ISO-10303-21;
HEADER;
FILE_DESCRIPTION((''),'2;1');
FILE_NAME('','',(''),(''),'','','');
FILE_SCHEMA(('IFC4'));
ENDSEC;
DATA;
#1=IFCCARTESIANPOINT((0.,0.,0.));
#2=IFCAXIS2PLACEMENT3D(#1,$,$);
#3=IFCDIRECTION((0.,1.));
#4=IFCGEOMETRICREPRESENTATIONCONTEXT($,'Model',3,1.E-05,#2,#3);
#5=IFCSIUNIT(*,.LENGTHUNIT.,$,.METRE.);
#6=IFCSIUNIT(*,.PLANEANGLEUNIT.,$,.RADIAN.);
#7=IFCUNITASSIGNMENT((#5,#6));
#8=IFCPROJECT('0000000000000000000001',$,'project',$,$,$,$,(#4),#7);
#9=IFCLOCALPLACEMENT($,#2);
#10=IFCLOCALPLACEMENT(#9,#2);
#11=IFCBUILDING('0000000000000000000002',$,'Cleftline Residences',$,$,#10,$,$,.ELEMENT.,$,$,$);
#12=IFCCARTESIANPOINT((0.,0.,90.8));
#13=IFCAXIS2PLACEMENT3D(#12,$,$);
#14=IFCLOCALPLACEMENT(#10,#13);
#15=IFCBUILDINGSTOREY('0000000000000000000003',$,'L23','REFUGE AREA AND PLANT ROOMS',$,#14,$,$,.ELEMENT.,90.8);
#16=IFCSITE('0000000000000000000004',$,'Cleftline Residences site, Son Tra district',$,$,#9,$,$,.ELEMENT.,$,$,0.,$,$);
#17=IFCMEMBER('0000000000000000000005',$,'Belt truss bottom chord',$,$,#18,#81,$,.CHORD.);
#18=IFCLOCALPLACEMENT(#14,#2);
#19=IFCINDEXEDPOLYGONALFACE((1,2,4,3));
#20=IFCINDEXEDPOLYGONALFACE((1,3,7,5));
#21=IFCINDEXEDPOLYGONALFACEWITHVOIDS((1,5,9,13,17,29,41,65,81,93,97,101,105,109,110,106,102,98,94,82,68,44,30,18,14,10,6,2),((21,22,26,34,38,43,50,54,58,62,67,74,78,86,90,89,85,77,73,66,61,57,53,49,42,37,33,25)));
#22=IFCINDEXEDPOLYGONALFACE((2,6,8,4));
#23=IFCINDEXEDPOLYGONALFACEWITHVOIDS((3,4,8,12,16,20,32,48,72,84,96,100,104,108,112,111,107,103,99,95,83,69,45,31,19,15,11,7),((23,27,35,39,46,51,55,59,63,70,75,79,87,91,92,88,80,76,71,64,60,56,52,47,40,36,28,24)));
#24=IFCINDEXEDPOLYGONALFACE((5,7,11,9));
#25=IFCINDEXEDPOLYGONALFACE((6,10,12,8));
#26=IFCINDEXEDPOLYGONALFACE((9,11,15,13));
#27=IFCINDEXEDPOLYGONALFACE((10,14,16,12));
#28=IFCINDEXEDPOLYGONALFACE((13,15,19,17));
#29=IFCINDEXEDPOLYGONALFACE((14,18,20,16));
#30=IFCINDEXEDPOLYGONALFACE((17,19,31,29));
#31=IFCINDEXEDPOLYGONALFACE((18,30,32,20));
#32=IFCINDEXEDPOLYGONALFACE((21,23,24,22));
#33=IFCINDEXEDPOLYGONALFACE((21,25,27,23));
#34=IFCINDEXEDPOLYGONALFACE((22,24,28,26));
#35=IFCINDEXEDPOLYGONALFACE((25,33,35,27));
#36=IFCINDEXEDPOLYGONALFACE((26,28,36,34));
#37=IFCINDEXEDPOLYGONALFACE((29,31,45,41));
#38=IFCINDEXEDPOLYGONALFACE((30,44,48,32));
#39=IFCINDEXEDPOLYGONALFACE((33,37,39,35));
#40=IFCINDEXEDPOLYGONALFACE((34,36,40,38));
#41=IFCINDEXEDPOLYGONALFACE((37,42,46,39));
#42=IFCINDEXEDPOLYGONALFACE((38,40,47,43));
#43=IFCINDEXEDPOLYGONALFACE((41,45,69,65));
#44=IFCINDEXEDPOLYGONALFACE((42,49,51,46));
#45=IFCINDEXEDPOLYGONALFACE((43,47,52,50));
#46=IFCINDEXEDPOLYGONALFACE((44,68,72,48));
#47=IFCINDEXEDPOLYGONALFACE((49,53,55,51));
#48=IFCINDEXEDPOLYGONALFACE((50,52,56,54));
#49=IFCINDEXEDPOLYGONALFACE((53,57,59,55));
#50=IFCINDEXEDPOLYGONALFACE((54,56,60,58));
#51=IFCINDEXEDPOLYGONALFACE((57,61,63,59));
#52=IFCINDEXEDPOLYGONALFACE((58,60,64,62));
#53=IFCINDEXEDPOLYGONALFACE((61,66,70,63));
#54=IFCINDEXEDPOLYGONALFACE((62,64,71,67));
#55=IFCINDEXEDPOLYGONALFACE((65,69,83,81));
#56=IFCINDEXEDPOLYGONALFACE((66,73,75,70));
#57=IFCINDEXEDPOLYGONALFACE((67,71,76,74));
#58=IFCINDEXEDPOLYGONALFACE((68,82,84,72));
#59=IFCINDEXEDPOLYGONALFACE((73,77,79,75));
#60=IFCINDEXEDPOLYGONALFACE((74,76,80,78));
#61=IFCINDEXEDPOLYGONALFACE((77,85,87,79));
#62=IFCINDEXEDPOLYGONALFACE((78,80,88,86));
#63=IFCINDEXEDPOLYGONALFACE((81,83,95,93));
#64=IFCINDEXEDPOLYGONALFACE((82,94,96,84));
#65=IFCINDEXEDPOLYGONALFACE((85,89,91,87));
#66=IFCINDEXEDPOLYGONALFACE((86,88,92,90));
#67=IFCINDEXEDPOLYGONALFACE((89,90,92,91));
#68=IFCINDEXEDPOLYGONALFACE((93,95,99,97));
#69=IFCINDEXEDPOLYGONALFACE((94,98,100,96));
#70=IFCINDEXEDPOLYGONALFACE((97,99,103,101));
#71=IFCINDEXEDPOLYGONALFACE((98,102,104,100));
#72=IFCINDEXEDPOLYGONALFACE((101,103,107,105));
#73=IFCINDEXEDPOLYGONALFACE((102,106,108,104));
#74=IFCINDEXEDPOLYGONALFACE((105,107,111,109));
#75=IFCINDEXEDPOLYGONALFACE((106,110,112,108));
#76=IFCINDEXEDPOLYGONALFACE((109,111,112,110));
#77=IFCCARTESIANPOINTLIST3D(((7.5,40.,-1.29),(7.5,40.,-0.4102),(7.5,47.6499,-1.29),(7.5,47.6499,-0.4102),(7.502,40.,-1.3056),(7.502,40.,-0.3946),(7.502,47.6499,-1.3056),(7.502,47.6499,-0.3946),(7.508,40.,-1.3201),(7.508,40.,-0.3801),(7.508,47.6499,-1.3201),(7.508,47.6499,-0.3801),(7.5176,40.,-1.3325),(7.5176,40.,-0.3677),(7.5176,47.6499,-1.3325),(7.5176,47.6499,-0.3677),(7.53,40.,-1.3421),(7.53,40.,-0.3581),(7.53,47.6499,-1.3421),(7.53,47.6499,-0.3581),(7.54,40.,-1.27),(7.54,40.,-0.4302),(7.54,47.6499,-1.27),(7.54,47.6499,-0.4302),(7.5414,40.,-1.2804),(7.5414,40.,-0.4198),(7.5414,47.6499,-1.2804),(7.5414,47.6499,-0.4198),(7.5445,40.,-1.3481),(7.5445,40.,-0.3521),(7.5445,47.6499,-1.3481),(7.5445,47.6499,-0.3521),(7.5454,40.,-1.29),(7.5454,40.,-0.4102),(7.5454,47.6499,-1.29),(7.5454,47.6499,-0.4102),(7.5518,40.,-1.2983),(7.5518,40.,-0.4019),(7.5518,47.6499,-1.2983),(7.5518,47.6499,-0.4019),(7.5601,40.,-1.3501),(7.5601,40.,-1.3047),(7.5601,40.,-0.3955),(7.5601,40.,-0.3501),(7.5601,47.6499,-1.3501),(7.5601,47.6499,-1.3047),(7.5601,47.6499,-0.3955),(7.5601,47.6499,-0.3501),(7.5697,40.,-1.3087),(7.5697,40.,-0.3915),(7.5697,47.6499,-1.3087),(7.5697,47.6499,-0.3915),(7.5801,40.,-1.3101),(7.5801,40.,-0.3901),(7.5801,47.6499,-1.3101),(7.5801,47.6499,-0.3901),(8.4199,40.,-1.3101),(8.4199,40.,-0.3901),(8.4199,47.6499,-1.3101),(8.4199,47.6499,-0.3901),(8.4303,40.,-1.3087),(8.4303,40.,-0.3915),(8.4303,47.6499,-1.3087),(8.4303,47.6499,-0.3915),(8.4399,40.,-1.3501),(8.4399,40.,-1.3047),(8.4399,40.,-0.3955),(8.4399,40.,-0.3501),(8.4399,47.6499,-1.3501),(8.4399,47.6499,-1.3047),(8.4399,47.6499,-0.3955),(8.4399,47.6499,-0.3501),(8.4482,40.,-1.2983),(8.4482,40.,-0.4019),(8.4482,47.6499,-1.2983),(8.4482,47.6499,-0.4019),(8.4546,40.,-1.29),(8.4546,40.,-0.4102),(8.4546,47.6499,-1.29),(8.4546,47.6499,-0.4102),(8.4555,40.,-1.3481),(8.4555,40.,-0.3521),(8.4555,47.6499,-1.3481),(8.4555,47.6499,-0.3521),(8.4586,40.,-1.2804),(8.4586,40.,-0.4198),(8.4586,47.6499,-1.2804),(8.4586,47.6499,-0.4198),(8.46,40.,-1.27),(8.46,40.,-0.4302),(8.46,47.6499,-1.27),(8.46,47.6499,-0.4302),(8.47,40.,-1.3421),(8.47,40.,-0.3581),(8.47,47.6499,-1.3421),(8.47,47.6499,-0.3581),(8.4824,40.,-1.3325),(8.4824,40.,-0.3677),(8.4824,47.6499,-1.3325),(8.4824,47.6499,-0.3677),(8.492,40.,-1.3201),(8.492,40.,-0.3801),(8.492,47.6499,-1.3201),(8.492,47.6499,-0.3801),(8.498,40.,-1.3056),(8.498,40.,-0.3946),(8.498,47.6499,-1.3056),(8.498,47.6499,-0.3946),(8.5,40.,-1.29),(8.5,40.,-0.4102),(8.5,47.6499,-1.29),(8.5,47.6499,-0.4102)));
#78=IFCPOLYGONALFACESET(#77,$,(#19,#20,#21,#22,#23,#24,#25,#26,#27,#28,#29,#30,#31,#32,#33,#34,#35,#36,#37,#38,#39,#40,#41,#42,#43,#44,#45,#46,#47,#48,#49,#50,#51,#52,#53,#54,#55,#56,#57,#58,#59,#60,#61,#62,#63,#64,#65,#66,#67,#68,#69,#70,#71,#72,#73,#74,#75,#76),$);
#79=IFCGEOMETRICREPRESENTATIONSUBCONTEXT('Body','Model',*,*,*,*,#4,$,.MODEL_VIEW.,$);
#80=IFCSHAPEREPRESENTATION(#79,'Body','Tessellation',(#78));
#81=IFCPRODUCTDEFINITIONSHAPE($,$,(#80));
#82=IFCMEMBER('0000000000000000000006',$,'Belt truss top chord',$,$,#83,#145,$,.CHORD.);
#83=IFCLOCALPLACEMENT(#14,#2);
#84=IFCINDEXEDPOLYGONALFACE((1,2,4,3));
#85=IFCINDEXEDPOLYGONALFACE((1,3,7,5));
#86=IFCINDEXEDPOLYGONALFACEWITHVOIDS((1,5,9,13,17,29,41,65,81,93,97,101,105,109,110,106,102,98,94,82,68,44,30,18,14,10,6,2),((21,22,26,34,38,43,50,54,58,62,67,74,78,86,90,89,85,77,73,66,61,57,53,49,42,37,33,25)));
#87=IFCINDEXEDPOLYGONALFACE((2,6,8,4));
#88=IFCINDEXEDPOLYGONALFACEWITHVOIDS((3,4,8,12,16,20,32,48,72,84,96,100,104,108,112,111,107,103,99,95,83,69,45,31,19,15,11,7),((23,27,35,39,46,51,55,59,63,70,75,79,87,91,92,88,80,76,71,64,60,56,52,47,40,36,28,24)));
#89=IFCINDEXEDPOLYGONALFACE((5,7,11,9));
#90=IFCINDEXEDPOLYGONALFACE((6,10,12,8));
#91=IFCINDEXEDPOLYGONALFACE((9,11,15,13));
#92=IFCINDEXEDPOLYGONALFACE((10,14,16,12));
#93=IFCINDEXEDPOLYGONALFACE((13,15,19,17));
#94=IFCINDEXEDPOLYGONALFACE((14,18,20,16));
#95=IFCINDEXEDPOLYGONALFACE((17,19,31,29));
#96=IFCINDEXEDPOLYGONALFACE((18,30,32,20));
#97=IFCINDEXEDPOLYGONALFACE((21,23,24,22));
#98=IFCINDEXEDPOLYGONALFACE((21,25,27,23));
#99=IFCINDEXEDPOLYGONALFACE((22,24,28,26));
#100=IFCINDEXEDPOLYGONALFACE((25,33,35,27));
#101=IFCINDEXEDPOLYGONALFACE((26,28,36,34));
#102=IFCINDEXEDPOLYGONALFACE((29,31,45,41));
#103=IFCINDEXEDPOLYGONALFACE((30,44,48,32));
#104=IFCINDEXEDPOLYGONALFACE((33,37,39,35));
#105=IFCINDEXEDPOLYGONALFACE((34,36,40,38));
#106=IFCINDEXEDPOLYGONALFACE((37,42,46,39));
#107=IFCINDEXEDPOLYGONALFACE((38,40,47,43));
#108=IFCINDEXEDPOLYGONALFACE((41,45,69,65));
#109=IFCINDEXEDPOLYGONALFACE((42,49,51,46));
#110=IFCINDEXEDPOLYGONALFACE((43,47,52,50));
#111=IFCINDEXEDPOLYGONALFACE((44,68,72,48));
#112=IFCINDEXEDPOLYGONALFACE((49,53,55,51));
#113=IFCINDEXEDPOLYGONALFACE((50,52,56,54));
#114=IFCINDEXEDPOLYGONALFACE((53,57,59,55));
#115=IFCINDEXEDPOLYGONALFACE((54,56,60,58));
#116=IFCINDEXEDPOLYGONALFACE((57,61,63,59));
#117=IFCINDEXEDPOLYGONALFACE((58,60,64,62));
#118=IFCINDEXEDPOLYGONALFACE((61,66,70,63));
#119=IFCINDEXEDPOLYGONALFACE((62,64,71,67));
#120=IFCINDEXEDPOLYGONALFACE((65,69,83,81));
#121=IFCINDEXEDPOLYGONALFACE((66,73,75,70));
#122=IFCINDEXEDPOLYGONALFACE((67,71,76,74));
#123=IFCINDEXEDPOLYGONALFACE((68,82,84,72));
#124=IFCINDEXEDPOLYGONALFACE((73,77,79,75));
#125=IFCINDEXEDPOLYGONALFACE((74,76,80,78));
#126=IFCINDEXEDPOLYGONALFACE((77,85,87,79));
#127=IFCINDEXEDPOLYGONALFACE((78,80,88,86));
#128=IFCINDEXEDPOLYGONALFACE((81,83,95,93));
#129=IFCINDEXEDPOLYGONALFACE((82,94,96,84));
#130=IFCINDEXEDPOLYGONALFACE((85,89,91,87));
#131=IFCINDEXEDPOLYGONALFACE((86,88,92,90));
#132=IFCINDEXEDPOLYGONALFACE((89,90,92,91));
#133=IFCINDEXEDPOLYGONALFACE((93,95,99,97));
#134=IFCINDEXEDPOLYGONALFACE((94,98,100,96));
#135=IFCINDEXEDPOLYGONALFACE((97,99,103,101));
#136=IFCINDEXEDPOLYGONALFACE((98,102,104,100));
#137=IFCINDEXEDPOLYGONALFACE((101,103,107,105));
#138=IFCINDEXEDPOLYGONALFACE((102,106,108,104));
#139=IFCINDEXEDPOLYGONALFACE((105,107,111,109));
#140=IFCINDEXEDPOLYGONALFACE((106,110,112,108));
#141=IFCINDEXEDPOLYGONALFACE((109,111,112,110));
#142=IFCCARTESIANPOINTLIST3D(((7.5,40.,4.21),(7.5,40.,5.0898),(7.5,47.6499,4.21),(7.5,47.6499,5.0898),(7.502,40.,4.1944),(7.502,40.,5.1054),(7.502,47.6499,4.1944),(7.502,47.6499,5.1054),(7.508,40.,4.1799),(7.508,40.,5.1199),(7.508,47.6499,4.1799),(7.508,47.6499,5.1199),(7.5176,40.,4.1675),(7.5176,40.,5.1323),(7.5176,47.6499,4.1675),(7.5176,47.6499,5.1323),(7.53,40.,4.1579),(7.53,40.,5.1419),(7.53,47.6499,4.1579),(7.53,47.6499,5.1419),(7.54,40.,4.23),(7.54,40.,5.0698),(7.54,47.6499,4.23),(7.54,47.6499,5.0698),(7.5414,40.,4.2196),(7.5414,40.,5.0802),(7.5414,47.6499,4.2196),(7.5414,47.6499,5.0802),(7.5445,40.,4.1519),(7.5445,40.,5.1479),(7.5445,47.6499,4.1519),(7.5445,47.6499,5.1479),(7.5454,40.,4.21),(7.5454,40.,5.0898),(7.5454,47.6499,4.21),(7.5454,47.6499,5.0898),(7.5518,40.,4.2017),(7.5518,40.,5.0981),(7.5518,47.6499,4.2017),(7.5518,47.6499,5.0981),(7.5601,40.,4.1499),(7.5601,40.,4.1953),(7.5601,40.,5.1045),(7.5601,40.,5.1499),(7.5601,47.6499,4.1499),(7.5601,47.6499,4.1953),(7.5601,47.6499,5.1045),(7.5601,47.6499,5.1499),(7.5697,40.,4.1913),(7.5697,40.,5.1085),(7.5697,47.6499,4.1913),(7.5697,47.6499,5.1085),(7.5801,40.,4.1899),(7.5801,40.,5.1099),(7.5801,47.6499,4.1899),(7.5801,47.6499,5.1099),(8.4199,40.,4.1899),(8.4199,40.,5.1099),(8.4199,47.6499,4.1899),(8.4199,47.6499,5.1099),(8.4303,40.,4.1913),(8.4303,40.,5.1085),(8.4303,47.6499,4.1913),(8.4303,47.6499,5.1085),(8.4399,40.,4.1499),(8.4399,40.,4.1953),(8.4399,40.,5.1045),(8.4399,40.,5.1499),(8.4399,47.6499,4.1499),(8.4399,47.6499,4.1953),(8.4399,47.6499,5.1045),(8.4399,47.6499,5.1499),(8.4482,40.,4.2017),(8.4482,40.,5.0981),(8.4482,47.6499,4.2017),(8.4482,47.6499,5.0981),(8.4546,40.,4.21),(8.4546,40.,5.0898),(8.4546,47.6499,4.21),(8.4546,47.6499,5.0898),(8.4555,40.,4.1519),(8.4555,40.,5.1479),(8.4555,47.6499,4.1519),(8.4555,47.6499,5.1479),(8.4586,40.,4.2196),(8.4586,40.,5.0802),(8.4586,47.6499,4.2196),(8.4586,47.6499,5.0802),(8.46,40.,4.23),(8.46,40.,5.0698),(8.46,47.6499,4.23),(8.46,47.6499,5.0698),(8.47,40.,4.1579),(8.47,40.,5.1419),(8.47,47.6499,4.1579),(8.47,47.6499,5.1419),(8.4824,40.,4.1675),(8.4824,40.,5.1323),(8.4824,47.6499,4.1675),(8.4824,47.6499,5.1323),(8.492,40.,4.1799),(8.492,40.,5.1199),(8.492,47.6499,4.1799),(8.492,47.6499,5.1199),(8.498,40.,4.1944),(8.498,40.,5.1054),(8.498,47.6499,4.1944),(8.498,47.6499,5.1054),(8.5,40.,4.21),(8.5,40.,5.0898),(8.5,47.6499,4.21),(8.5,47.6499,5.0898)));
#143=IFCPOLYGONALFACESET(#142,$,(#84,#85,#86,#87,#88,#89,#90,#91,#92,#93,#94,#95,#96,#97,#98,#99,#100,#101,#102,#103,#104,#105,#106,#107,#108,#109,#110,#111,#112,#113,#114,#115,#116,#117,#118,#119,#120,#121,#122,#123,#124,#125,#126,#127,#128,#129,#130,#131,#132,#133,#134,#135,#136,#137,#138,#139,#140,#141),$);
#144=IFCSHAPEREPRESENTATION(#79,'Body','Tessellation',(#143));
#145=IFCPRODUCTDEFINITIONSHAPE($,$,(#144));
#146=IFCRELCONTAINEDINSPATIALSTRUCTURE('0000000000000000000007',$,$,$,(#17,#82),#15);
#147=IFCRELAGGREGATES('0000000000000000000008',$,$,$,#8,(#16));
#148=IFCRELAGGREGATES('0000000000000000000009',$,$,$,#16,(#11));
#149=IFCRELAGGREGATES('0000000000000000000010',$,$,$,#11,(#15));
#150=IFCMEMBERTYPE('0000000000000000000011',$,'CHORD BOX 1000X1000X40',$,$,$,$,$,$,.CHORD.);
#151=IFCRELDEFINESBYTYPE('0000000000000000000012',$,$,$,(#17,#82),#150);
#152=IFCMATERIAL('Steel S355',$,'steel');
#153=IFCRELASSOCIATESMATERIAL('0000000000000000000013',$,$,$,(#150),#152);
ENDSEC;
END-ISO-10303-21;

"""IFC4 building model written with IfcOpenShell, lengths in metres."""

from ifc_helpers import new_model, si_unit, direction, frame, origin, origin_2d, place, context, subcontext, project, spatial, hollow_rectangle, extrude, material, material_profile, profile_set, type_object, element, save


model = new_model("IFC4")

# Units and contexts
model_context = context("Model", 3, precision=1e-05, world=origin(), true_north=direction((0.0, 1.0)))
body_context = subcontext(model_context, "Body", "Model", "MODEL_VIEW")
ifc_project = project(units=[si_unit("LENGTHUNIT", "METRE"), si_unit("PLANEANGLEUNIT", "RADIAN")], contexts=[model_context])

# Site, building, storey
site_placement = place(None, origin())
site = spatial("IfcSite", under=ifc_project, at=site_placement, Name="Cleftline Residences site, Son Tra district", CompositionType="ELEMENT", RefElevation=0.0)
building_placement = place(site_placement, origin())
building = spatial("IfcBuilding", under=site, at=building_placement, Name="Cleftline Residences", CompositionType="ELEMENT")
storey_placement = place(building_placement, frame((0.0, 0.0, 90.8)))
storey = spatial("IfcBuildingStorey", under=building, at=storey_placement, Name="L23", Description="REFUGE AREA AND PLANT ROOMS", CompositionType="ELEMENT", Elevation=90.8)

# Members
ifc_material_1 = material(Name="Steel S355", Category="steel")
ifc_material_profile_1 = material_profile(ifc_material_1, hollow_rectangle(XDim=1.0, YDim=1.0, WallThickness=0.04, InnerFilletRadius=0.04, OuterFilletRadius=0.0601, at=origin_2d()))
ifc_profile_set_1 = profile_set([ifc_material_profile_1], Name="Steel S355")
member_type_1 = type_object("IfcMemberType", Name="CHORD BOX 1000X1000X40", PredefinedType="CHORD", material=ifc_profile_set_1)
for number, where, z_axis, x_axis, name in (
    (1, (8.0, 40.0, -0.8501), (0.0, 1.0, 0.0), (-1.0, 0.0, 0.0), "Belt truss bottom chord"),
    (2, (8.0, 40.0, 4.6499), (0.0, 1.0, 0.0), (-1.0, 0.0, 0.0), "Belt truss top chord"),
):
    element("IfcMember", number, at=place(storey_placement, frame(where, z_axis=z_axis, x_axis=x_axis)), inside=storey, type_object=member_type_1, Name=name, PredefinedType="CHORD", context=body_context, shape_type="SweptSolid", body=[
        extrude(hollow_rectangle(XDim=1.0, YDim=1.0, WallThickness=0.04, InnerFilletRadius=0.04, OuterFilletRadius=0.0601, at=origin_2d()), origin(), (0.0, 0.0, 1.0), 7.6499),
    ])

save(model, "model.ifc")
